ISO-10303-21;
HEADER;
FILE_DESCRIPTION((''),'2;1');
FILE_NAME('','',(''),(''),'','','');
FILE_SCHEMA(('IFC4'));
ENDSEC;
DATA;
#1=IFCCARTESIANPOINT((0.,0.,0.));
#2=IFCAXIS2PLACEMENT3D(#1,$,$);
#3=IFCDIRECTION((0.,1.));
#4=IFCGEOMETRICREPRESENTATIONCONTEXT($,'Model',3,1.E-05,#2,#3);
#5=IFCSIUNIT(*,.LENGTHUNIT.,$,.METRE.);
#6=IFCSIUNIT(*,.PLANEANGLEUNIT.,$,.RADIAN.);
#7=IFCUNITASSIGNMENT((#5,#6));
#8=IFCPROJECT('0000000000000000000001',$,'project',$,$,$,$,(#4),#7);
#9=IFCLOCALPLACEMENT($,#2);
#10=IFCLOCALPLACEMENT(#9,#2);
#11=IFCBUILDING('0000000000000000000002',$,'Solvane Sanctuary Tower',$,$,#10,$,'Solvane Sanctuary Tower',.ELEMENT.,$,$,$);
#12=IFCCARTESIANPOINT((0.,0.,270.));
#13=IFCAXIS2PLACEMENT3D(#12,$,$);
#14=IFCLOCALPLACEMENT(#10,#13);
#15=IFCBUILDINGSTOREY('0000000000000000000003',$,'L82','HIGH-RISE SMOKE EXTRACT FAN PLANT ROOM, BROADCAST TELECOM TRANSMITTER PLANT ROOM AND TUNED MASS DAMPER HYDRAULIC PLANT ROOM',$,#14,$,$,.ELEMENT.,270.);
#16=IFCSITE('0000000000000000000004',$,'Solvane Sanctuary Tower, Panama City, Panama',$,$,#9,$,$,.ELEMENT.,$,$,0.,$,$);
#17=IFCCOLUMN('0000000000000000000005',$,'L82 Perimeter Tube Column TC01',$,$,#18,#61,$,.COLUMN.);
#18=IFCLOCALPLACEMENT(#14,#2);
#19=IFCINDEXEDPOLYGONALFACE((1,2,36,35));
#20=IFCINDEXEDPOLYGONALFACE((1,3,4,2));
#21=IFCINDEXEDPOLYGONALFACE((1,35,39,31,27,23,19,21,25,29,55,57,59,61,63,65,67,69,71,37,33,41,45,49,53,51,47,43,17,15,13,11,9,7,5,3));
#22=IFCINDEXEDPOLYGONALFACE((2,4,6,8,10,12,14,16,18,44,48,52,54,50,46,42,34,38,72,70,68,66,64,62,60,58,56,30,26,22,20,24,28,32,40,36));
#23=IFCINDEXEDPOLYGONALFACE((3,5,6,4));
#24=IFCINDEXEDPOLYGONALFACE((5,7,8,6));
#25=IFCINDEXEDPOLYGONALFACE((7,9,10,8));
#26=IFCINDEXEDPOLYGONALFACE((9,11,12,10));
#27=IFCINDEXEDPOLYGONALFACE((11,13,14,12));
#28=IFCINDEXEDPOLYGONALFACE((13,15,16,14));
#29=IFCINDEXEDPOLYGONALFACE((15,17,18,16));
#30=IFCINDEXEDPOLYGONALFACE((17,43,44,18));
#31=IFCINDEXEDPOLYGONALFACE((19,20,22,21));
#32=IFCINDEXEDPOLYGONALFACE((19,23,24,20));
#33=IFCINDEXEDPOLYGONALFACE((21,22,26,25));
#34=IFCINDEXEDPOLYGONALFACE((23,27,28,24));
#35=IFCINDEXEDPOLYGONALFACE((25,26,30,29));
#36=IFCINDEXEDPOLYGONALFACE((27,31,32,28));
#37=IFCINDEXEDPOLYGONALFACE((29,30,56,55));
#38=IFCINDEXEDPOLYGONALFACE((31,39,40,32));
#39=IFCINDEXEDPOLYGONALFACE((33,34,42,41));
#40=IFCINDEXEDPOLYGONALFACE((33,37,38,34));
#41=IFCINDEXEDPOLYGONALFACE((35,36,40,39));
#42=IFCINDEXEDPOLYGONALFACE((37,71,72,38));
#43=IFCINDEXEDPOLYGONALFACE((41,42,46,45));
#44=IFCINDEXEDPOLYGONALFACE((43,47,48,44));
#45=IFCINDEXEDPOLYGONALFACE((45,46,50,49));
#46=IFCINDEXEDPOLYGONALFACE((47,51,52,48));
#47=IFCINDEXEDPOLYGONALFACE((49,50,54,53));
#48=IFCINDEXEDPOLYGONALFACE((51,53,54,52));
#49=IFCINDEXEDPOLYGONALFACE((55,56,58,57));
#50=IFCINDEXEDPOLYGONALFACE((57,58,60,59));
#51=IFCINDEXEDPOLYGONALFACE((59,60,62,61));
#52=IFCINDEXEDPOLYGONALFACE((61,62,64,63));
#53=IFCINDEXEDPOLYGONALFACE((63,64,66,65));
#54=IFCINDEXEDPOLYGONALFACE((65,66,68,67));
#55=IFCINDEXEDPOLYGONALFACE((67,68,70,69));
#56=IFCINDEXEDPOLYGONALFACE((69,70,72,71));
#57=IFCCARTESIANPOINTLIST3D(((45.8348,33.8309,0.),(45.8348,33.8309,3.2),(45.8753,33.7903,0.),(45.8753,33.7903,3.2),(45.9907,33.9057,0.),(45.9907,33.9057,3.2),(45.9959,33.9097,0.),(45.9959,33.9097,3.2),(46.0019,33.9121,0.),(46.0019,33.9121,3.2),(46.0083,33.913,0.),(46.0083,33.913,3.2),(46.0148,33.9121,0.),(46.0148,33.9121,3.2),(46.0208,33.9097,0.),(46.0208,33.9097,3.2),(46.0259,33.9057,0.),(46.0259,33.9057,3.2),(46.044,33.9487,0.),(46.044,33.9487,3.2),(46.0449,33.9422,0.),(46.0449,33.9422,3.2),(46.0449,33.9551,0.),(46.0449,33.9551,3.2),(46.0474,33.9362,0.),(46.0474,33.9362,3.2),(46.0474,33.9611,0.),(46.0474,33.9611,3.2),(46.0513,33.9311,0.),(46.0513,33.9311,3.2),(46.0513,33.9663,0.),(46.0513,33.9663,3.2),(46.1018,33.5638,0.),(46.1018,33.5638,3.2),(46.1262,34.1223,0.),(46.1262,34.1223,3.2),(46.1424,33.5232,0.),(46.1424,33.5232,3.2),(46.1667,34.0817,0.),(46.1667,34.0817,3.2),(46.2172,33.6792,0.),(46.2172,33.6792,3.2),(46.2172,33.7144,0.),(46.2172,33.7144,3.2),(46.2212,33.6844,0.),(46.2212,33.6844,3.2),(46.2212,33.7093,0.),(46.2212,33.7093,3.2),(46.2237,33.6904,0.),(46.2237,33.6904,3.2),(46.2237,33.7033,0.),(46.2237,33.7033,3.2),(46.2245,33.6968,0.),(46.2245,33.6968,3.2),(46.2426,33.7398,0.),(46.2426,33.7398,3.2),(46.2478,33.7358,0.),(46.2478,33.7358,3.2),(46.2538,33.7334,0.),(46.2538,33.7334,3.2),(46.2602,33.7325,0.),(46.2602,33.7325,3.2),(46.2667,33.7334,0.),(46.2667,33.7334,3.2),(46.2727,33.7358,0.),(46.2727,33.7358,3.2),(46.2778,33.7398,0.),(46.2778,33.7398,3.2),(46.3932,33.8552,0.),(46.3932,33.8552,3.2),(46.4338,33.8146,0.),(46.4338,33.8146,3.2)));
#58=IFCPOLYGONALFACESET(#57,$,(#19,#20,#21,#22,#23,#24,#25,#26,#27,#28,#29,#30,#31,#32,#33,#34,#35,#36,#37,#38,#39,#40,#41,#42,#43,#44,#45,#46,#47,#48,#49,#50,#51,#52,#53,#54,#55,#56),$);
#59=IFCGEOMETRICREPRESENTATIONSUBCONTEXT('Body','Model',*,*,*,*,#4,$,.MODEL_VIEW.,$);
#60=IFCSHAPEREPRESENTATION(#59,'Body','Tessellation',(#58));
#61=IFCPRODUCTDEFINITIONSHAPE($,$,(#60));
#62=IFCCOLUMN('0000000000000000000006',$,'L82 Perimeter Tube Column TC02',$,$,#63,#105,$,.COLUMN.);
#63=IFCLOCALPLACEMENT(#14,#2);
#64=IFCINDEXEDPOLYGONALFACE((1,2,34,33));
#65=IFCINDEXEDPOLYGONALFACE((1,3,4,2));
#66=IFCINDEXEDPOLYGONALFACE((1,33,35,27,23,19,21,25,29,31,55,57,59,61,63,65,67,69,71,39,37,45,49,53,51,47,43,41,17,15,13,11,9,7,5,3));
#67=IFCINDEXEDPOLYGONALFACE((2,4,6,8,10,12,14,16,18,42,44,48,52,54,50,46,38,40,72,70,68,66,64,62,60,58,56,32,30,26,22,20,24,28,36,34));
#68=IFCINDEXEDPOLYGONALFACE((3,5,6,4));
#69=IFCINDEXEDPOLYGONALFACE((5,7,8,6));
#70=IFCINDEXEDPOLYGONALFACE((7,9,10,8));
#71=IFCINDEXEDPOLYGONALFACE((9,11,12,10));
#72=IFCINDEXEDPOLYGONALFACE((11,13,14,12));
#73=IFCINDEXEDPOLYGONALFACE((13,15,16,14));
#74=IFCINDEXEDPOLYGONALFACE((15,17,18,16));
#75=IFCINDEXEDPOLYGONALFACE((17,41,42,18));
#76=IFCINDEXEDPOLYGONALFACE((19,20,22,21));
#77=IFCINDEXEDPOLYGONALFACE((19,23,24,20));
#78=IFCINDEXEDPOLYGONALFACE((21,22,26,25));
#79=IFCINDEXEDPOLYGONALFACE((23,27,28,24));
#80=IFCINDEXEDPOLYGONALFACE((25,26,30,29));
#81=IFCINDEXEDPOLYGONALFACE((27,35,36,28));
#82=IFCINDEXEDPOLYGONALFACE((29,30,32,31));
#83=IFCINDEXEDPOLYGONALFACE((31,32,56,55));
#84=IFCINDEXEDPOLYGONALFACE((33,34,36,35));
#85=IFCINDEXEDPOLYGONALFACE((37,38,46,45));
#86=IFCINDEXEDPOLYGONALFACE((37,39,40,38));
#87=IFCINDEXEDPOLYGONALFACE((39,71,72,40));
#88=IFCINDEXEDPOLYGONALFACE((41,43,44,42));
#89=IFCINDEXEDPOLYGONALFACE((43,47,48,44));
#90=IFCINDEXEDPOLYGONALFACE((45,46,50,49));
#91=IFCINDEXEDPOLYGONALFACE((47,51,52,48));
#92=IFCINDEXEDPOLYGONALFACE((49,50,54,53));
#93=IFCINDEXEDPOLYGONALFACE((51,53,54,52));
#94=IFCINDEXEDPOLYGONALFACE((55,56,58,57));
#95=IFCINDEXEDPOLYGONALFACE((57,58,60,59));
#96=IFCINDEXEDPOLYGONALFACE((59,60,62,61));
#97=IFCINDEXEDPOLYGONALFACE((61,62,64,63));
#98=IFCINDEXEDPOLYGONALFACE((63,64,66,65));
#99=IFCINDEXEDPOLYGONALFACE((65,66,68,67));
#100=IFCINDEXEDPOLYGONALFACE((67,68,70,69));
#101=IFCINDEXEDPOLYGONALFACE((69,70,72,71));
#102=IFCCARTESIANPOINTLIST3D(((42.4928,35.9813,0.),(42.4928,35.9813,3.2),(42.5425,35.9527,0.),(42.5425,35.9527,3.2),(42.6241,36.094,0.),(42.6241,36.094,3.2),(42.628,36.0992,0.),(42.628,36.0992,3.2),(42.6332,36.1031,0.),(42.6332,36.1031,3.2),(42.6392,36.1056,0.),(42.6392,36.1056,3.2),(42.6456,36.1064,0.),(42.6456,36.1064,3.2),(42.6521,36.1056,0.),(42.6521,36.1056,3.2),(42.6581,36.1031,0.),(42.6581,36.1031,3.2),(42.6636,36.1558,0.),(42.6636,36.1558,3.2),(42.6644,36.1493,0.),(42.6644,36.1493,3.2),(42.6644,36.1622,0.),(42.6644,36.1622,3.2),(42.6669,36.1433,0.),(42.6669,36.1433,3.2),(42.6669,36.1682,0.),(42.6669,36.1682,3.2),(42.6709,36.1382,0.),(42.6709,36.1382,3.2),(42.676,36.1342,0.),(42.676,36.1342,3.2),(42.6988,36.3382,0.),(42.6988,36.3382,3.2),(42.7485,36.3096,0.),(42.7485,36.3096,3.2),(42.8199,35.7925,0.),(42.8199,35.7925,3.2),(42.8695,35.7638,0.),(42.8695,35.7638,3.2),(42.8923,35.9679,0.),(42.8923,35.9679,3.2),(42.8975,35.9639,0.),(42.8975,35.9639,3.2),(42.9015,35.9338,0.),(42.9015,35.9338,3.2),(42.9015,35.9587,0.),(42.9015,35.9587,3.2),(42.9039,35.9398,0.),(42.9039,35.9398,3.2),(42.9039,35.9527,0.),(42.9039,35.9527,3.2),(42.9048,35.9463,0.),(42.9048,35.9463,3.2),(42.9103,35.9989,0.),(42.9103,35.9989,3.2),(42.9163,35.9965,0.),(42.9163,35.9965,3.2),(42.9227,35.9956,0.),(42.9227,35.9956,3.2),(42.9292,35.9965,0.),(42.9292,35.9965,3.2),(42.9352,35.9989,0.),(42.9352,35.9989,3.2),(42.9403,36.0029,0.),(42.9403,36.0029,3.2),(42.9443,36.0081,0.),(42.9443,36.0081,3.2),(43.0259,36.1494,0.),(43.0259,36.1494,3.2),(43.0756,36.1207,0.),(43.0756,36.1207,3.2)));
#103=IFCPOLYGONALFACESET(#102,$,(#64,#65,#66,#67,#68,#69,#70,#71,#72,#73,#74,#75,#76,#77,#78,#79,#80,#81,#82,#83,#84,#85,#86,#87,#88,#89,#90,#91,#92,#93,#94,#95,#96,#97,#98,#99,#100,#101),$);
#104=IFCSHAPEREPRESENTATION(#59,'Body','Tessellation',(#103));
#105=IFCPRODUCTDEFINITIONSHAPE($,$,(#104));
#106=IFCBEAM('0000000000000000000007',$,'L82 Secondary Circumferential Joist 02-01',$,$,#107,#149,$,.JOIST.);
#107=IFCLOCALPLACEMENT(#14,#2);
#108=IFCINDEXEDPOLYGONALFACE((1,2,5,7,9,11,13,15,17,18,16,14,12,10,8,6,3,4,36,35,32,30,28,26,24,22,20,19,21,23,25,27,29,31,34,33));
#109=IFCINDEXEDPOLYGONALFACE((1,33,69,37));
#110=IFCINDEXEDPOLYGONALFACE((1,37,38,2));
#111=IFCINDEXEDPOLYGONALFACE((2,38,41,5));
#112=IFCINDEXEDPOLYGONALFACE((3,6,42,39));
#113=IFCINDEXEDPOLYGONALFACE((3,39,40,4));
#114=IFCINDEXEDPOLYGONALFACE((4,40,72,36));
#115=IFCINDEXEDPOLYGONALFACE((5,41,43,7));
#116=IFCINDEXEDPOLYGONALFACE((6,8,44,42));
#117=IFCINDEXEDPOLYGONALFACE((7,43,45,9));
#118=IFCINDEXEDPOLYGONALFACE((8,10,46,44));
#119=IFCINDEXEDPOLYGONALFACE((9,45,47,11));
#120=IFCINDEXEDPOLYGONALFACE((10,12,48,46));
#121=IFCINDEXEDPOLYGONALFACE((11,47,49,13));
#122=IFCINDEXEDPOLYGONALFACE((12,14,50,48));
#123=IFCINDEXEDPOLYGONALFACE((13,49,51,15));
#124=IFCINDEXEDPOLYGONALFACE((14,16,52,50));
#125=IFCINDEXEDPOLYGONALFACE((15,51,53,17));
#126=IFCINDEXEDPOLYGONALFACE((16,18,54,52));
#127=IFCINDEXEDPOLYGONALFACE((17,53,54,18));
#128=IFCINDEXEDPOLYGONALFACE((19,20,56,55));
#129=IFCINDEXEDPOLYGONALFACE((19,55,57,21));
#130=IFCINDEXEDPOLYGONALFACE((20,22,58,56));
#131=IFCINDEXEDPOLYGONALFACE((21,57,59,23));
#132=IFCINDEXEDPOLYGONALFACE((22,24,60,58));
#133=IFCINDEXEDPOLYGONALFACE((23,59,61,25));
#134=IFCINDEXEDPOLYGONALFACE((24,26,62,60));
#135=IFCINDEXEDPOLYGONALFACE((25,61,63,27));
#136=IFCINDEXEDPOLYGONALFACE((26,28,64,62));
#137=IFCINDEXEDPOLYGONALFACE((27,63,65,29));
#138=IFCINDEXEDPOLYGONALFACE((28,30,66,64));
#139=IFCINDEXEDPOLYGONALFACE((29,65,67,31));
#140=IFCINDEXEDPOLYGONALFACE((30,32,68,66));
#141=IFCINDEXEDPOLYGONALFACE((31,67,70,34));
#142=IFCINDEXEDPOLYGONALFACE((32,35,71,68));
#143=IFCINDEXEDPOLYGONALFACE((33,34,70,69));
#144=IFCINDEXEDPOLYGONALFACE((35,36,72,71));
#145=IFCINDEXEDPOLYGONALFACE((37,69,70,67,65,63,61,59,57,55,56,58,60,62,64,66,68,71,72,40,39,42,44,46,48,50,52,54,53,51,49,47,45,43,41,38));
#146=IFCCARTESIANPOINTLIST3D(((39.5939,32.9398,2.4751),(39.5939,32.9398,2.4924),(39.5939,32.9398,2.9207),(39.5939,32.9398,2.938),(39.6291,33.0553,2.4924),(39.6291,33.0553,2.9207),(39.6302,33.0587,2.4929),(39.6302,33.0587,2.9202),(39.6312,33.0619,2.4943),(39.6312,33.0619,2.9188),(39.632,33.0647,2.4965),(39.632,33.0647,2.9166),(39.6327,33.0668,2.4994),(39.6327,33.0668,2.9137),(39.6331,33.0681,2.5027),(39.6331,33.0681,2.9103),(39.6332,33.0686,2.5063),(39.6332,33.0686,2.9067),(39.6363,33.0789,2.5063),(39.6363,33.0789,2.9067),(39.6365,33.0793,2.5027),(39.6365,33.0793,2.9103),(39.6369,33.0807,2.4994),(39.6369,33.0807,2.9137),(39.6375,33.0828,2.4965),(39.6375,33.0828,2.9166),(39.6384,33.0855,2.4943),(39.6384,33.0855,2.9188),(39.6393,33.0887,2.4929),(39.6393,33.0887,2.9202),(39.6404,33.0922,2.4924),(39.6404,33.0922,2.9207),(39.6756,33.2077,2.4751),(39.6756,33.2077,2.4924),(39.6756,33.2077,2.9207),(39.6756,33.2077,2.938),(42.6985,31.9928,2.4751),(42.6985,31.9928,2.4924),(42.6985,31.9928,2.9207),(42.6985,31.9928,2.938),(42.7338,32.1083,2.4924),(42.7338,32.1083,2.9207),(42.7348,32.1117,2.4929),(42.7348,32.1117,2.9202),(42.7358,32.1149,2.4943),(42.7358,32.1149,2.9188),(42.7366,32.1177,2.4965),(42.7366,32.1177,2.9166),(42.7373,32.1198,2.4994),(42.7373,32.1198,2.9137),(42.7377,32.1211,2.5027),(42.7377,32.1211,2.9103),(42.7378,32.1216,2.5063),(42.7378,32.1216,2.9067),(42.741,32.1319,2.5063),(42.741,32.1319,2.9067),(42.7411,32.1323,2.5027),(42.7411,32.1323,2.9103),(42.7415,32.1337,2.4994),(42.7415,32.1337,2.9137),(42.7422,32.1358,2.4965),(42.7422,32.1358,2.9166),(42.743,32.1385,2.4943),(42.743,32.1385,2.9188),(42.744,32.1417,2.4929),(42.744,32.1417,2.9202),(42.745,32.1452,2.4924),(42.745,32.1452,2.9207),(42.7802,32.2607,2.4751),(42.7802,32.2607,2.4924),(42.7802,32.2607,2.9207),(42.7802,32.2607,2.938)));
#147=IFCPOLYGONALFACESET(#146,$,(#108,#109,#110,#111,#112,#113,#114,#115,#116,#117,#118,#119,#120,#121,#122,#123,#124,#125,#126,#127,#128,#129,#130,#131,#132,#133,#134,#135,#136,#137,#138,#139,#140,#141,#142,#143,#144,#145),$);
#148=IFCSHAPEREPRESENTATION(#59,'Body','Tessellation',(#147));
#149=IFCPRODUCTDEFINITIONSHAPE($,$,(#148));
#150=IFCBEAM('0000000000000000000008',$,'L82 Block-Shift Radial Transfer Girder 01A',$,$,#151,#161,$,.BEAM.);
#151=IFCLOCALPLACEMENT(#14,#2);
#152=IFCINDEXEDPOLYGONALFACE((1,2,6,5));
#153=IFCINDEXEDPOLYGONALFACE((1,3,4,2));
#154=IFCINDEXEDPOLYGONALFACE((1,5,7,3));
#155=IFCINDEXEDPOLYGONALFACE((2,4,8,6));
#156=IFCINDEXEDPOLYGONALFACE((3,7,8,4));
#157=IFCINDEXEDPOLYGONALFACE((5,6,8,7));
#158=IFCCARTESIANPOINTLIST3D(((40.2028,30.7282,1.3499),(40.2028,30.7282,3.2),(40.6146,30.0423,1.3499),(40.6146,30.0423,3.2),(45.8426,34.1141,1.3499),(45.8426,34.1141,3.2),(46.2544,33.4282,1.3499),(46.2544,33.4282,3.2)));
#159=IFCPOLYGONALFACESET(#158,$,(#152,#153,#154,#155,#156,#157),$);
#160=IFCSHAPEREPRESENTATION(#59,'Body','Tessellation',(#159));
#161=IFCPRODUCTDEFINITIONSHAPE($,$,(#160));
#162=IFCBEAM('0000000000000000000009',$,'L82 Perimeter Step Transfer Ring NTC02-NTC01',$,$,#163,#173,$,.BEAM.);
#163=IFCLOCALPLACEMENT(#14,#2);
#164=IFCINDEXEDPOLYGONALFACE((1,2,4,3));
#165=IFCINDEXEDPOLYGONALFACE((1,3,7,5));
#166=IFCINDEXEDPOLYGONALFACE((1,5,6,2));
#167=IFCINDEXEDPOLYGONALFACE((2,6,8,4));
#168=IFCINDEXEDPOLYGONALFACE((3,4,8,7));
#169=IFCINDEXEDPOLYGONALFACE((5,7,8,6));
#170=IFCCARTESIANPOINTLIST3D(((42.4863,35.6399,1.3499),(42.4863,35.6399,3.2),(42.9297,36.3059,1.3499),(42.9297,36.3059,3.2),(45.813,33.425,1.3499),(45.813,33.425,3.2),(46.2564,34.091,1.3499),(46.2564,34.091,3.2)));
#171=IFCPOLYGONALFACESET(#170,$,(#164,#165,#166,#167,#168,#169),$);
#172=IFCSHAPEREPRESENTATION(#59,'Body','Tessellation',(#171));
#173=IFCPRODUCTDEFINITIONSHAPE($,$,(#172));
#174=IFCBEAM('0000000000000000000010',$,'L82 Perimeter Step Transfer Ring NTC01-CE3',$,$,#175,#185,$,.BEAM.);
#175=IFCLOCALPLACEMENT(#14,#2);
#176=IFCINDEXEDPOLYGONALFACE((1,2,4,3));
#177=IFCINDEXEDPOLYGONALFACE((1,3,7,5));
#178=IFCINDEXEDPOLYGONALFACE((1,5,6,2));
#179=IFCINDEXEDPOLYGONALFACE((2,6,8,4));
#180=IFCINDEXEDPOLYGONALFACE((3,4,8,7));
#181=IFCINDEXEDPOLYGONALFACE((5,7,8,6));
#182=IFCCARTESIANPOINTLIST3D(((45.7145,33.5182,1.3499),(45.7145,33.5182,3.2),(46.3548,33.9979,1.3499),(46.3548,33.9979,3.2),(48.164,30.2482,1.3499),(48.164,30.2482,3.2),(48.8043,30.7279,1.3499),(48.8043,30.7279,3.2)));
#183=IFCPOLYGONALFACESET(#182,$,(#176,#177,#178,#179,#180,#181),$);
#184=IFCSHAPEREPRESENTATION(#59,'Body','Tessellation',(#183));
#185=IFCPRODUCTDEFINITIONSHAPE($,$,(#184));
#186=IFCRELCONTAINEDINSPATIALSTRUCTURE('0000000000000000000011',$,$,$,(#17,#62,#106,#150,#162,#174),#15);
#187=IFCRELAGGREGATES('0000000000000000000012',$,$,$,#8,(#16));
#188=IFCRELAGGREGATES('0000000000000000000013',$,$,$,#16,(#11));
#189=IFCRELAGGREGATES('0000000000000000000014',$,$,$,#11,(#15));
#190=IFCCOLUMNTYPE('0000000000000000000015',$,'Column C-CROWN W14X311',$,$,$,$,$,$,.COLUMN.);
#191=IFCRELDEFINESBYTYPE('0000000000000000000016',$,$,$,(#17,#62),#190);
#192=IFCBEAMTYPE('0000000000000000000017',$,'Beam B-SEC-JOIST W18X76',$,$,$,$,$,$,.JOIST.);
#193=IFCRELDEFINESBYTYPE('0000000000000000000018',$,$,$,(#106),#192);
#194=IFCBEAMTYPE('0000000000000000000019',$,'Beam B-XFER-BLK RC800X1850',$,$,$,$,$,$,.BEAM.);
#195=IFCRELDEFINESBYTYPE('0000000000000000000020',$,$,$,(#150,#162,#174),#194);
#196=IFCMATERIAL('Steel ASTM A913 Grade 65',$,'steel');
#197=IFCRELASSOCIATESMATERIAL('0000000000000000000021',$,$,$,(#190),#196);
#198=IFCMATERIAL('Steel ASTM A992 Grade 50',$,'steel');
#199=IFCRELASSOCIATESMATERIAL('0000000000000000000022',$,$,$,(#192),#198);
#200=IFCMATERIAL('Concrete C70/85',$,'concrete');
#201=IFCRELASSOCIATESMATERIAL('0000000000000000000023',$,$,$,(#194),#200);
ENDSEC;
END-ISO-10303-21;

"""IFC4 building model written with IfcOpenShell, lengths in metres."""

from ifc_helpers import new_model, si_unit, direction, frame, origin, origin_2d, place, context, subcontext, project, spatial, rectangle, i_section, extrude, material, material_profile, profile_set, type_object, element, save


model = new_model("IFC4")

# Units and contexts
model_context = context("Model", 3, precision=1e-05, world=origin(), true_north=direction((0.0, 1.0)))
body_context = subcontext(model_context, "Body", "Model", "MODEL_VIEW")
ifc_project = project(units=[si_unit("LENGTHUNIT", "METRE"), si_unit("PLANEANGLEUNIT", "RADIAN")], contexts=[model_context])

# Site, building, storey
site_placement = place(None, origin())
site = spatial("IfcSite", under=ifc_project, at=site_placement, Name="Solvane Sanctuary Tower, Panama City, Panama", CompositionType="ELEMENT", RefElevation=0.0)
building_placement = place(site_placement, origin())
building = spatial("IfcBuilding", under=site, at=building_placement, Name="Solvane Sanctuary Tower", LongName="Solvane Sanctuary Tower", CompositionType="ELEMENT")
storey_placement = place(building_placement, frame((0.0, 0.0, 270.0)))
storey = spatial("IfcBuildingStorey", under=building, at=storey_placement, Name="L82", Description="HIGH-RISE SMOKE EXTRACT FAN PLANT ROOM, BROADCAST TELECOM TRANSMITTER PLANT ROOM AND TUNED MASS DAMPER HYDRAULIC PLANT ROOM", CompositionType="ELEMENT", Elevation=270.0)

# Columns
ifc_material_1 = material(Name="Steel ASTM A913 Grade 65", Category="steel")
ifc_material_profile_1 = material_profile(ifc_material_1, i_section(OverallWidth=0.4121, OverallDepth=0.4351, WebThickness=0.0359, FlangeThickness=0.0574, FilletRadius=0.0249, at=origin_2d()), Name="W14X311")
ifc_profile_set_1 = profile_set([ifc_material_profile_1], Name="Steel ASTM A913 Grade 65")
column_type = type_object("IfcColumnType", Name="Column C-CROWN W14X311", PredefinedType="COLUMN", material=ifc_profile_set_1)
for number, where, z_axis, x_axis, name in (
    (1, (46.1343, 33.8228, 0.0), (0.0, 0.0, 1.0), (0.707107, 0.707107, 0.0), "L82 Perimeter Tube Column TC01"),
    (2, (42.7842, 36.051, 0.0), (0.0, 0.0, 1.0), (0.5, 0.866025, 0.0), "L82 Perimeter Tube Column TC02"),
):
    element("IfcColumn", number, at=place(storey_placement, frame(where, z_axis=z_axis, x_axis=x_axis)), inside=storey, type_object=column_type, Name=name, PredefinedType="COLUMN", context=body_context, shape_type="SweptSolid", body=[
        extrude(i_section(OverallWidth=0.4121, OverallDepth=0.4351, WebThickness=0.0359, FlangeThickness=0.0574, FilletRadius=0.0249, at=origin_2d()), origin(), (0.0, 0.0, 1.0), 3.2),
    ])

# Beams
ifc_material_2 = material(Name="Steel ASTM A992 Grade 50", Category="steel")
ifc_material_profile_2 = material_profile(ifc_material_2, i_section(OverallWidth=0.28, OverallDepth=0.4629, WebThickness=0.0107, FlangeThickness=0.0173, FilletRadius=0.0139, at=origin_2d()), Name="W18X76")
ifc_profile_set_2 = profile_set([ifc_material_profile_2], Name="Steel ASTM A992 Grade 50")
beam_type_1 = type_object("IfcBeamType", Name="Beam B-SEC-JOIST W18X76", PredefinedType="JOIST", material=ifc_profile_set_2)
beam_1_placement = place(storey_placement, frame((39.6348, 33.0737, 2.7065), z_axis=(0.956493, -0.291754, 0.0), x_axis=(0.291754, 0.956493, 0.0)))
element("IfcBeam", 3, at=beam_1_placement, inside=storey, type_object=beam_type_1, Name="L82 Secondary Circumferential Joist 02-01", PredefinedType="JOIST", context=body_context, shape_type="SweptSolid", body=[
    extrude(i_section(OverallWidth=0.28, OverallDepth=0.4629, WebThickness=0.0107, FlangeThickness=0.0173, FilletRadius=0.0139, at=origin_2d()), origin(), (0.0, 0.0, 1.0), 3.2458),
])
ifc_material_3 = material(Name="Concrete C70/85", Category="concrete")
ifc_material_profile_3 = material_profile(ifc_material_3, rectangle(XDim=0.8, YDim=1.8501, at=origin_2d()), Name="RC800X1850")
ifc_profile_set_3 = profile_set([ifc_material_profile_3], Name="Concrete C70/85")
beam_type_2 = type_object("IfcBeamType", Name="Beam B-XFER-BLK RC800X1850", PredefinedType="BEAM", material=ifc_profile_set_3)
beam_2_placement = place(storey_placement, frame((40.4087, 30.3853, 2.2749), z_axis=(0.857355, 0.514725, 0.0), x_axis=(-0.514725, 0.857355, 0.0)))
element("IfcBeam", 4, at=beam_2_placement, inside=storey, type_object=beam_type_2, Name="L82 Block-Shift Radial Transfer Girder 01A", PredefinedType="BEAM", context=body_context, shape_type="SweptSolid", body=[
    extrude(rectangle(XDim=0.8, YDim=1.8501, at=origin_2d()), origin(), (0.0, 0.0, 1.0), 6.5781),
])
beam_3_placement = place(storey_placement, frame((42.708, 35.9729, 2.2749), z_axis=(0.832388, -0.554193, 0.0), x_axis=(0.554193, 0.832388, 0.0)))
element("IfcBeam", 5, at=beam_3_placement, inside=storey, type_object=beam_type_2, Name="L82 Perimeter Step Transfer Ring NTC02-NTC01", PredefinedType="BEAM", context=body_context, shape_type="SweptSolid", body=[
    extrude(rectangle(XDim=0.8, YDim=1.8501, at=origin_2d()), origin(), (0.0, 0.0, 1.0), 3.9966),
])
beam_4_placement = place(storey_placement, frame((46.0347, 33.7581, 2.2749), z_axis=(0.599522, -0.800358, 0.0), x_axis=(0.800358, 0.599522, 0.0)))
element("IfcBeam", 6, at=beam_4_placement, inside=storey, type_object=beam_type_2, Name="L82 Perimeter Step Transfer Ring NTC01-CE3", PredefinedType="BEAM", context=body_context, shape_type="SweptSolid", body=[
    extrude(rectangle(XDim=0.8, YDim=1.8501, at=origin_2d()), origin(), (0.0, 0.0, 1.0), 4.0857),
])

save(model, "model.ifc")
